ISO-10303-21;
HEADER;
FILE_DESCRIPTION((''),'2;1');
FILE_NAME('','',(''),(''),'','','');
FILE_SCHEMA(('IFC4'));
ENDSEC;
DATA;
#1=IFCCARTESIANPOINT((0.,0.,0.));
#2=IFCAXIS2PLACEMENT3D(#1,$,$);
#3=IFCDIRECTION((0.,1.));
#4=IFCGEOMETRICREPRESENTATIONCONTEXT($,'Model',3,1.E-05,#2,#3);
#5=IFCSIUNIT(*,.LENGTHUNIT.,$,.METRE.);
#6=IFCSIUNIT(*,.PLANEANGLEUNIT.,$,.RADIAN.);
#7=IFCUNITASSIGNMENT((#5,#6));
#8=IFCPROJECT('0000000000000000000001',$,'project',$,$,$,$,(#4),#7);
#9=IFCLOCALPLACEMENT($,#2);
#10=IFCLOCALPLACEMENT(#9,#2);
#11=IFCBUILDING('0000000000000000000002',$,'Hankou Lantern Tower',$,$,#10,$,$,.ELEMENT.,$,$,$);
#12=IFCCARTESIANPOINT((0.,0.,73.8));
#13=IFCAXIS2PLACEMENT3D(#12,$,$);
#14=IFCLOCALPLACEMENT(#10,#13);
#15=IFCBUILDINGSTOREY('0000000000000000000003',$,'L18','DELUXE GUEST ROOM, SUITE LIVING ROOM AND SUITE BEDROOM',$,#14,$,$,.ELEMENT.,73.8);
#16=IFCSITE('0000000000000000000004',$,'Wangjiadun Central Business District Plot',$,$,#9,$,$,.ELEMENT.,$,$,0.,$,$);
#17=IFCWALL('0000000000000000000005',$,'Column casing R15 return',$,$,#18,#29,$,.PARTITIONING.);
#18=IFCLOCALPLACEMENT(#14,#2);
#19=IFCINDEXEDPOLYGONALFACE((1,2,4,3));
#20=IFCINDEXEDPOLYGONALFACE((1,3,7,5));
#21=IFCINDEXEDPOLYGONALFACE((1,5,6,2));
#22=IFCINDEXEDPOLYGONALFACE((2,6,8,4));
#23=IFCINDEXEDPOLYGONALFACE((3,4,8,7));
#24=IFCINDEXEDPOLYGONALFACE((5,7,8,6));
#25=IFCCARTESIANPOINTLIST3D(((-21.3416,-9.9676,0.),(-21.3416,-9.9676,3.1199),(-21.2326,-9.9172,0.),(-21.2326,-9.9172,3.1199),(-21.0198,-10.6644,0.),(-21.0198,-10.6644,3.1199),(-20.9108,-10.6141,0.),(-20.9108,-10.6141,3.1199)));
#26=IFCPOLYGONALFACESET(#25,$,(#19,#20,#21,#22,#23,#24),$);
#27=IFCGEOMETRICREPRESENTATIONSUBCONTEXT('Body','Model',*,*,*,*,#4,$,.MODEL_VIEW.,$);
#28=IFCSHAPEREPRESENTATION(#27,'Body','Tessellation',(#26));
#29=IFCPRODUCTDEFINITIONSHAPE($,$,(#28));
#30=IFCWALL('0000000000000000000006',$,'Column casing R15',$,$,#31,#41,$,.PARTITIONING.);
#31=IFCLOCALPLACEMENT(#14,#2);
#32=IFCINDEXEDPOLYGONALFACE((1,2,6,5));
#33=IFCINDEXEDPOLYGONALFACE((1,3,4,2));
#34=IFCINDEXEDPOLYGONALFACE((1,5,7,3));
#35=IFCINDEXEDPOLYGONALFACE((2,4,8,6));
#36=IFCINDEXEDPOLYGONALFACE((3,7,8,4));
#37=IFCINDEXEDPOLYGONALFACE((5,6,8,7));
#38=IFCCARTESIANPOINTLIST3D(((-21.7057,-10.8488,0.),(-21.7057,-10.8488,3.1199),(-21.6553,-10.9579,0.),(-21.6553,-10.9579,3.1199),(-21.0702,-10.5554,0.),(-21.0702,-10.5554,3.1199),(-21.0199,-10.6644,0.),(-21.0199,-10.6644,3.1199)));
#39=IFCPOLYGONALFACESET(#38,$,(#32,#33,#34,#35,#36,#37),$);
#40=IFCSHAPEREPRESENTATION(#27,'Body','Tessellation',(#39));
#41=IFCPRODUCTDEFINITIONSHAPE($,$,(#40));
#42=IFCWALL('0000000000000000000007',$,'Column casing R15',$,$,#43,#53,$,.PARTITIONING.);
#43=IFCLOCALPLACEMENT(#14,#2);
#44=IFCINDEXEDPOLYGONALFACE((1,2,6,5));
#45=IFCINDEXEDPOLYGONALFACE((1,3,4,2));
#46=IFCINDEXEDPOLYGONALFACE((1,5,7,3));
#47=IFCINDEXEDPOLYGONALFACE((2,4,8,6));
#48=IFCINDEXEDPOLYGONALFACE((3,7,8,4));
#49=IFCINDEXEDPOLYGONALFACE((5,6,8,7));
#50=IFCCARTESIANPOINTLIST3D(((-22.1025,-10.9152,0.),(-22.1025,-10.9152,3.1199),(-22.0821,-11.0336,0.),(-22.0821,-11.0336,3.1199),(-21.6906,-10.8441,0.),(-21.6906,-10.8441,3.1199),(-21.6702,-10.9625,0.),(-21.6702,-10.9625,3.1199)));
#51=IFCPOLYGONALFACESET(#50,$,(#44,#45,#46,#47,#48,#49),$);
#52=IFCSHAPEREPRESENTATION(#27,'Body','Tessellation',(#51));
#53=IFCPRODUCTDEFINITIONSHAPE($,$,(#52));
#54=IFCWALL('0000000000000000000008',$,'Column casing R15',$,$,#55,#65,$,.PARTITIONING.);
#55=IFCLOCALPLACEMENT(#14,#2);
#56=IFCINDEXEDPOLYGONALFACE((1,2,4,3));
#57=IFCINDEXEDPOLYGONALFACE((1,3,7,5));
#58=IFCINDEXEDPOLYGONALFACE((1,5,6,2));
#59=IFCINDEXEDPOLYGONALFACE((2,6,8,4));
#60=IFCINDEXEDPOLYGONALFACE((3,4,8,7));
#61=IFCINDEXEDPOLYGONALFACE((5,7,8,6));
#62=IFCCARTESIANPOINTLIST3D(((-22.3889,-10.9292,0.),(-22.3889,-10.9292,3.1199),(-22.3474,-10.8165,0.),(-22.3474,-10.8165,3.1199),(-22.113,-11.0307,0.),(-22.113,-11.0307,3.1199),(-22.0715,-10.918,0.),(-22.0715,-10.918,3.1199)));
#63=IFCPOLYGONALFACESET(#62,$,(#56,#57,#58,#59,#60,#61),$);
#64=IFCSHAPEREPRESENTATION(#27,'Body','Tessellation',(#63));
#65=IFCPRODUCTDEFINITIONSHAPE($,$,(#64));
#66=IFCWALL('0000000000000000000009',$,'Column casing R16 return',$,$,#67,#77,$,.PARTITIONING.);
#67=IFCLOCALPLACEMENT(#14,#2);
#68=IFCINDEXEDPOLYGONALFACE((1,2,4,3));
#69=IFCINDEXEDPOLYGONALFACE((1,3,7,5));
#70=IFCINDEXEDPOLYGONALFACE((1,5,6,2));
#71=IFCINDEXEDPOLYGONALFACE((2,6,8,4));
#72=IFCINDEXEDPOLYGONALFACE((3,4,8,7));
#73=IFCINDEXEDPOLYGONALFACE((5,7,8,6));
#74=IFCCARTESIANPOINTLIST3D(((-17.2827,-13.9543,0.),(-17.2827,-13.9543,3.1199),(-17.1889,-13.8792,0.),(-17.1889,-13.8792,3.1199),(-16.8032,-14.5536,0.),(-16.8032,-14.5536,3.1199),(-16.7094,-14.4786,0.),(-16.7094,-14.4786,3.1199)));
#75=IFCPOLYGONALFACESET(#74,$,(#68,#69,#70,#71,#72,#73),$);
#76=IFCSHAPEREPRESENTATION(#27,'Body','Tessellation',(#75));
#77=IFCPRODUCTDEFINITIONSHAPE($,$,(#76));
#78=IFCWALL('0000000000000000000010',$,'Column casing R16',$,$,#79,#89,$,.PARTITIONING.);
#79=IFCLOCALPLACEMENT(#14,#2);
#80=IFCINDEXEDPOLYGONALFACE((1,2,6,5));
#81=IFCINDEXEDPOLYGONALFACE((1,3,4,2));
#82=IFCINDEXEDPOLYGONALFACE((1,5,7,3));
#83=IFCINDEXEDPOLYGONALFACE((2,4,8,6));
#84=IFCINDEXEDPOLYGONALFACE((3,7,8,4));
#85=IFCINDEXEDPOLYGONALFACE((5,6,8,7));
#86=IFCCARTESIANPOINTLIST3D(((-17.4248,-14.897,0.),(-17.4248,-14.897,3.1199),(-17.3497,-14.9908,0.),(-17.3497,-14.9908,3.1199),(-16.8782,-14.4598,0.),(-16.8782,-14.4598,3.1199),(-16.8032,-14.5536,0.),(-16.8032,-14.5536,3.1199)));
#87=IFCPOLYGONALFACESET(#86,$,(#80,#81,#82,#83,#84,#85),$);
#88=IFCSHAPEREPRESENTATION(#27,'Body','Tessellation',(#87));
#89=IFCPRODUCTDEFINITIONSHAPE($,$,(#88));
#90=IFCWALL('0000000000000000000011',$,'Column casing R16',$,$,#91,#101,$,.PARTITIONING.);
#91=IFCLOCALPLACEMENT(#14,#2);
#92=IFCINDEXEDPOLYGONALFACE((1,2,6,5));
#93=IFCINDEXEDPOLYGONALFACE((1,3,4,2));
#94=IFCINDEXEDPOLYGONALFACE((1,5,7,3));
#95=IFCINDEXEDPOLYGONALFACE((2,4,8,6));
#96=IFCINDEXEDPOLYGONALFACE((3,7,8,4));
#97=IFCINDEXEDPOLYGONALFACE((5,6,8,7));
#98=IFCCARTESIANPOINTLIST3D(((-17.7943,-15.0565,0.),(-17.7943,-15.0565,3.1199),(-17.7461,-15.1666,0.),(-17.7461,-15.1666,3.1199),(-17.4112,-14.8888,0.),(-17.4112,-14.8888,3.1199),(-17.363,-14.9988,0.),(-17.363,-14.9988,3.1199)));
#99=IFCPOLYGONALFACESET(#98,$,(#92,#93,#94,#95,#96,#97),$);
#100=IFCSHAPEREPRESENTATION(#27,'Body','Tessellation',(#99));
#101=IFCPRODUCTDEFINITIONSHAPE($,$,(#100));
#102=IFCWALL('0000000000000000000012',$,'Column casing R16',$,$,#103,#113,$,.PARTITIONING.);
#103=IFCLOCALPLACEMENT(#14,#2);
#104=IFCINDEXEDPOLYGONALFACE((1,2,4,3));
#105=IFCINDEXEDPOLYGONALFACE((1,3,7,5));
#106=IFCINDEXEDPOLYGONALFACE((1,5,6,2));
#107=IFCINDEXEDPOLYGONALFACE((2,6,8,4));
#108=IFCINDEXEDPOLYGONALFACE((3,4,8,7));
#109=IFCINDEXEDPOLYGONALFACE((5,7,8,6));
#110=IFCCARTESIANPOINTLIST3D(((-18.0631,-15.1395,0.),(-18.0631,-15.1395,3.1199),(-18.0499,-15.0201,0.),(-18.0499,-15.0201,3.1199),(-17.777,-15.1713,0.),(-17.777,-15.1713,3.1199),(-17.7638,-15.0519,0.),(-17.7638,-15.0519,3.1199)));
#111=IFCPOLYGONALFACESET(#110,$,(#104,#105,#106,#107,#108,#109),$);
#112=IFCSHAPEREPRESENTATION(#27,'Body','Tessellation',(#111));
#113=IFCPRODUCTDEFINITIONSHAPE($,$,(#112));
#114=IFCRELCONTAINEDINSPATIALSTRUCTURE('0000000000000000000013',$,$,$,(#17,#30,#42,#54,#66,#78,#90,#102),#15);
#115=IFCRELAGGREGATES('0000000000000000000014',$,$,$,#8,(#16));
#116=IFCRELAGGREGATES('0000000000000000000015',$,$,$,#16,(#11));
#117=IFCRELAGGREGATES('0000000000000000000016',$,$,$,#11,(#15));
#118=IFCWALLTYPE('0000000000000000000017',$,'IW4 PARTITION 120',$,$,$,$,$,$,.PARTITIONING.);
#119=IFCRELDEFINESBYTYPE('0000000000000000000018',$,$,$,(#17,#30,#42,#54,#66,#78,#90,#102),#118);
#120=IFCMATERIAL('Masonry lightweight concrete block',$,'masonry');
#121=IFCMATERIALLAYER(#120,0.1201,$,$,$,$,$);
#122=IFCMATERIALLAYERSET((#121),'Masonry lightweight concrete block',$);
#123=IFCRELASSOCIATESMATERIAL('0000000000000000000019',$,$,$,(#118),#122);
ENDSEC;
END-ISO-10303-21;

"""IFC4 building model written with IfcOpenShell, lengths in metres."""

from ifc_helpers import new_model, si_unit, direction, frame, frame_2d, origin, place, context, subcontext, project, spatial, rectangle, extrude, material, layer, layer_set, type_object, element, save


model = new_model("IFC4")

# Units and contexts
model_context = context("Model", 3, precision=1e-05, world=origin(), true_north=direction((0.0, 1.0)))
body_context = subcontext(model_context, "Body", "Model", "MODEL_VIEW")
ifc_project = project(units=[si_unit("LENGTHUNIT", "METRE"), si_unit("PLANEANGLEUNIT", "RADIAN")], contexts=[model_context])

# Site, building, storey
site_placement = place(None, origin())
site = spatial("IfcSite", under=ifc_project, at=site_placement, Name="Wangjiadun Central Business District Plot", CompositionType="ELEMENT", RefElevation=0.0)
building_placement = place(site_placement, origin())
building = spatial("IfcBuilding", under=site, at=building_placement, Name="Hankou Lantern Tower", CompositionType="ELEMENT")
storey_placement = place(building_placement, frame((0.0, 0.0, 73.8)))
storey = spatial("IfcBuildingStorey", under=building, at=storey_placement, Name="L18", Description="DELUXE GUEST ROOM, SUITE LIVING ROOM AND SUITE BEDROOM", CompositionType="ELEMENT", Elevation=73.8)

# Walls
ifc_material_1 = material(Name="Masonry lightweight concrete block", Category="masonry")
ifc_layer_1 = layer(ifc_material_1, 0.1201)
ifc_layer_set_1 = layer_set([ifc_layer_1], Name="Masonry lightweight concrete block")
wall_type_1 = type_object("IfcWallType", Name="IW4 PARTITION 120", PredefinedType="PARTITIONING", material=ifc_layer_set_1)
wall_1_placement = place(storey_placement, frame((-21.2871, -9.9424, 0.0), z_axis=(0.0, 0.0, 1.0), x_axis=(0.41926, -0.907866, 0.0)))
element("IfcWall", 1, at=wall_1_placement, inside=storey, type_object=wall_type_1, Name="Column casing R15 return", PredefinedType="PARTITIONING", context=body_context, shape_type="SweptSolid", body=[
    extrude(rectangle(XDim=0.7676, YDim=0.1201, at=frame_2d((0.3838, 0.0))), origin(), (0.0, 0.0, 1.0), 3.1199),
])
wall_2_placement = place(storey_placement, frame((-21.0449, -10.6099, 0.0), z_axis=(0.0, 0.0, 1.0), x_axis=(-0.907878, -0.419235, 0.0)))
element("IfcWall", 2, at=wall_2_placement, inside=storey, type_object=wall_type_1, Name="Column casing R15", PredefinedType="PARTITIONING", context=body_context, shape_type="SweptSolid", body=[
    extrude(rectangle(XDim=0.7, YDim=0.1201, at=frame_2d((0.3501, 0.0))), origin(), (0.0, 0.0, 1.0), 3.1199),
])
wall_3_placement = place(storey_placement, frame((-21.6804, -10.9033, 0.0), z_axis=(0.0, 0.0, 1.0), x_axis=(-0.985447, -0.169985, 0.0)))
element("IfcWall", 3, at=wall_3_placement, inside=storey, type_object=wall_type_1, Name="Column casing R15", PredefinedType="PARTITIONING", context=body_context, shape_type="SweptSolid", body=[
    extrude(rectangle(XDim=0.418, YDim=0.1201, at=frame_2d((0.209, 0.0))), origin(), (0.0, 0.0, 1.0), 3.1199),
])
wall_4_placement = place(storey_placement, frame((-22.0923, -10.9744, 0.0), z_axis=(0.0, 0.0, 1.0), x_axis=(-0.938428, 0.345474, 0.0)))
element("IfcWall", 4, at=wall_4_placement, inside=storey, type_object=wall_type_1, Name="Column casing R15", PredefinedType="PARTITIONING", context=body_context, shape_type="SweptSolid", body=[
    extrude(rectangle(XDim=0.2939, YDim=0.1201, at=frame_2d((0.147, 0.0))), origin(), (0.0, 0.0, 1.0), 3.1199),
])
wall_5_placement = place(storey_placement, frame((-17.2358, -13.9167, 0.0), z_axis=(0.0, 0.0, 1.0), x_axis=(0.624695, -0.780869, 0.0)))
element("IfcWall", 5, at=wall_5_placement, inside=storey, type_object=wall_type_1, Name="Column casing R16 return", PredefinedType="PARTITIONING", context=body_context, shape_type="SweptSolid", body=[
    extrude(rectangle(XDim=0.7676, YDim=0.1201, at=frame_2d((0.3838, 0.0))), origin(), (0.0, 0.0, 1.0), 3.1199),
])
wall_6_placement = place(storey_placement, frame((-16.8406, -14.5066, 0.0), z_axis=(0.0, 0.0, 1.0), x_axis=(-0.780903, -0.624653, 0.0)))
element("IfcWall", 6, at=wall_6_placement, inside=storey, type_object=wall_type_1, Name="Column casing R16", PredefinedType="PARTITIONING", context=body_context, shape_type="SweptSolid", body=[
    extrude(rectangle(XDim=0.7, YDim=0.1201, at=frame_2d((0.3501, 0.0))), origin(), (0.0, 0.0, 1.0), 3.1199),
])
wall_7_placement = place(storey_placement, frame((-17.3872, -14.9438, 0.0), z_axis=(0.0, 0.0, 1.0), x_axis=(-0.916037, -0.401094, 0.0)))
element("IfcWall", 7, at=wall_7_placement, inside=storey, type_object=wall_type_1, Name="Column casing R16", PredefinedType="PARTITIONING", context=body_context, shape_type="SweptSolid", body=[
    extrude(rectangle(XDim=0.4182, YDim=0.1201, at=frame_2d((0.209, 0.0))), origin(), (0.0, 0.0, 1.0), 3.1199),
])
wall_8_placement = place(storey_placement, frame((-17.7703, -15.1116, 0.0), z_axis=(0.0, 0.0, 1.0), x_axis=(-0.993904, 0.110245, 0.0)))
element("IfcWall", 8, at=wall_8_placement, inside=storey, type_object=wall_type_1, Name="Column casing R16", PredefinedType="PARTITIONING", context=body_context, shape_type="SweptSolid", body=[
    extrude(rectangle(XDim=0.2878, YDim=0.1201, at=frame_2d((0.144, 0.0))), origin(), (0.0, 0.0, 1.0), 3.1199),
])

save(model, "model.ifc")
